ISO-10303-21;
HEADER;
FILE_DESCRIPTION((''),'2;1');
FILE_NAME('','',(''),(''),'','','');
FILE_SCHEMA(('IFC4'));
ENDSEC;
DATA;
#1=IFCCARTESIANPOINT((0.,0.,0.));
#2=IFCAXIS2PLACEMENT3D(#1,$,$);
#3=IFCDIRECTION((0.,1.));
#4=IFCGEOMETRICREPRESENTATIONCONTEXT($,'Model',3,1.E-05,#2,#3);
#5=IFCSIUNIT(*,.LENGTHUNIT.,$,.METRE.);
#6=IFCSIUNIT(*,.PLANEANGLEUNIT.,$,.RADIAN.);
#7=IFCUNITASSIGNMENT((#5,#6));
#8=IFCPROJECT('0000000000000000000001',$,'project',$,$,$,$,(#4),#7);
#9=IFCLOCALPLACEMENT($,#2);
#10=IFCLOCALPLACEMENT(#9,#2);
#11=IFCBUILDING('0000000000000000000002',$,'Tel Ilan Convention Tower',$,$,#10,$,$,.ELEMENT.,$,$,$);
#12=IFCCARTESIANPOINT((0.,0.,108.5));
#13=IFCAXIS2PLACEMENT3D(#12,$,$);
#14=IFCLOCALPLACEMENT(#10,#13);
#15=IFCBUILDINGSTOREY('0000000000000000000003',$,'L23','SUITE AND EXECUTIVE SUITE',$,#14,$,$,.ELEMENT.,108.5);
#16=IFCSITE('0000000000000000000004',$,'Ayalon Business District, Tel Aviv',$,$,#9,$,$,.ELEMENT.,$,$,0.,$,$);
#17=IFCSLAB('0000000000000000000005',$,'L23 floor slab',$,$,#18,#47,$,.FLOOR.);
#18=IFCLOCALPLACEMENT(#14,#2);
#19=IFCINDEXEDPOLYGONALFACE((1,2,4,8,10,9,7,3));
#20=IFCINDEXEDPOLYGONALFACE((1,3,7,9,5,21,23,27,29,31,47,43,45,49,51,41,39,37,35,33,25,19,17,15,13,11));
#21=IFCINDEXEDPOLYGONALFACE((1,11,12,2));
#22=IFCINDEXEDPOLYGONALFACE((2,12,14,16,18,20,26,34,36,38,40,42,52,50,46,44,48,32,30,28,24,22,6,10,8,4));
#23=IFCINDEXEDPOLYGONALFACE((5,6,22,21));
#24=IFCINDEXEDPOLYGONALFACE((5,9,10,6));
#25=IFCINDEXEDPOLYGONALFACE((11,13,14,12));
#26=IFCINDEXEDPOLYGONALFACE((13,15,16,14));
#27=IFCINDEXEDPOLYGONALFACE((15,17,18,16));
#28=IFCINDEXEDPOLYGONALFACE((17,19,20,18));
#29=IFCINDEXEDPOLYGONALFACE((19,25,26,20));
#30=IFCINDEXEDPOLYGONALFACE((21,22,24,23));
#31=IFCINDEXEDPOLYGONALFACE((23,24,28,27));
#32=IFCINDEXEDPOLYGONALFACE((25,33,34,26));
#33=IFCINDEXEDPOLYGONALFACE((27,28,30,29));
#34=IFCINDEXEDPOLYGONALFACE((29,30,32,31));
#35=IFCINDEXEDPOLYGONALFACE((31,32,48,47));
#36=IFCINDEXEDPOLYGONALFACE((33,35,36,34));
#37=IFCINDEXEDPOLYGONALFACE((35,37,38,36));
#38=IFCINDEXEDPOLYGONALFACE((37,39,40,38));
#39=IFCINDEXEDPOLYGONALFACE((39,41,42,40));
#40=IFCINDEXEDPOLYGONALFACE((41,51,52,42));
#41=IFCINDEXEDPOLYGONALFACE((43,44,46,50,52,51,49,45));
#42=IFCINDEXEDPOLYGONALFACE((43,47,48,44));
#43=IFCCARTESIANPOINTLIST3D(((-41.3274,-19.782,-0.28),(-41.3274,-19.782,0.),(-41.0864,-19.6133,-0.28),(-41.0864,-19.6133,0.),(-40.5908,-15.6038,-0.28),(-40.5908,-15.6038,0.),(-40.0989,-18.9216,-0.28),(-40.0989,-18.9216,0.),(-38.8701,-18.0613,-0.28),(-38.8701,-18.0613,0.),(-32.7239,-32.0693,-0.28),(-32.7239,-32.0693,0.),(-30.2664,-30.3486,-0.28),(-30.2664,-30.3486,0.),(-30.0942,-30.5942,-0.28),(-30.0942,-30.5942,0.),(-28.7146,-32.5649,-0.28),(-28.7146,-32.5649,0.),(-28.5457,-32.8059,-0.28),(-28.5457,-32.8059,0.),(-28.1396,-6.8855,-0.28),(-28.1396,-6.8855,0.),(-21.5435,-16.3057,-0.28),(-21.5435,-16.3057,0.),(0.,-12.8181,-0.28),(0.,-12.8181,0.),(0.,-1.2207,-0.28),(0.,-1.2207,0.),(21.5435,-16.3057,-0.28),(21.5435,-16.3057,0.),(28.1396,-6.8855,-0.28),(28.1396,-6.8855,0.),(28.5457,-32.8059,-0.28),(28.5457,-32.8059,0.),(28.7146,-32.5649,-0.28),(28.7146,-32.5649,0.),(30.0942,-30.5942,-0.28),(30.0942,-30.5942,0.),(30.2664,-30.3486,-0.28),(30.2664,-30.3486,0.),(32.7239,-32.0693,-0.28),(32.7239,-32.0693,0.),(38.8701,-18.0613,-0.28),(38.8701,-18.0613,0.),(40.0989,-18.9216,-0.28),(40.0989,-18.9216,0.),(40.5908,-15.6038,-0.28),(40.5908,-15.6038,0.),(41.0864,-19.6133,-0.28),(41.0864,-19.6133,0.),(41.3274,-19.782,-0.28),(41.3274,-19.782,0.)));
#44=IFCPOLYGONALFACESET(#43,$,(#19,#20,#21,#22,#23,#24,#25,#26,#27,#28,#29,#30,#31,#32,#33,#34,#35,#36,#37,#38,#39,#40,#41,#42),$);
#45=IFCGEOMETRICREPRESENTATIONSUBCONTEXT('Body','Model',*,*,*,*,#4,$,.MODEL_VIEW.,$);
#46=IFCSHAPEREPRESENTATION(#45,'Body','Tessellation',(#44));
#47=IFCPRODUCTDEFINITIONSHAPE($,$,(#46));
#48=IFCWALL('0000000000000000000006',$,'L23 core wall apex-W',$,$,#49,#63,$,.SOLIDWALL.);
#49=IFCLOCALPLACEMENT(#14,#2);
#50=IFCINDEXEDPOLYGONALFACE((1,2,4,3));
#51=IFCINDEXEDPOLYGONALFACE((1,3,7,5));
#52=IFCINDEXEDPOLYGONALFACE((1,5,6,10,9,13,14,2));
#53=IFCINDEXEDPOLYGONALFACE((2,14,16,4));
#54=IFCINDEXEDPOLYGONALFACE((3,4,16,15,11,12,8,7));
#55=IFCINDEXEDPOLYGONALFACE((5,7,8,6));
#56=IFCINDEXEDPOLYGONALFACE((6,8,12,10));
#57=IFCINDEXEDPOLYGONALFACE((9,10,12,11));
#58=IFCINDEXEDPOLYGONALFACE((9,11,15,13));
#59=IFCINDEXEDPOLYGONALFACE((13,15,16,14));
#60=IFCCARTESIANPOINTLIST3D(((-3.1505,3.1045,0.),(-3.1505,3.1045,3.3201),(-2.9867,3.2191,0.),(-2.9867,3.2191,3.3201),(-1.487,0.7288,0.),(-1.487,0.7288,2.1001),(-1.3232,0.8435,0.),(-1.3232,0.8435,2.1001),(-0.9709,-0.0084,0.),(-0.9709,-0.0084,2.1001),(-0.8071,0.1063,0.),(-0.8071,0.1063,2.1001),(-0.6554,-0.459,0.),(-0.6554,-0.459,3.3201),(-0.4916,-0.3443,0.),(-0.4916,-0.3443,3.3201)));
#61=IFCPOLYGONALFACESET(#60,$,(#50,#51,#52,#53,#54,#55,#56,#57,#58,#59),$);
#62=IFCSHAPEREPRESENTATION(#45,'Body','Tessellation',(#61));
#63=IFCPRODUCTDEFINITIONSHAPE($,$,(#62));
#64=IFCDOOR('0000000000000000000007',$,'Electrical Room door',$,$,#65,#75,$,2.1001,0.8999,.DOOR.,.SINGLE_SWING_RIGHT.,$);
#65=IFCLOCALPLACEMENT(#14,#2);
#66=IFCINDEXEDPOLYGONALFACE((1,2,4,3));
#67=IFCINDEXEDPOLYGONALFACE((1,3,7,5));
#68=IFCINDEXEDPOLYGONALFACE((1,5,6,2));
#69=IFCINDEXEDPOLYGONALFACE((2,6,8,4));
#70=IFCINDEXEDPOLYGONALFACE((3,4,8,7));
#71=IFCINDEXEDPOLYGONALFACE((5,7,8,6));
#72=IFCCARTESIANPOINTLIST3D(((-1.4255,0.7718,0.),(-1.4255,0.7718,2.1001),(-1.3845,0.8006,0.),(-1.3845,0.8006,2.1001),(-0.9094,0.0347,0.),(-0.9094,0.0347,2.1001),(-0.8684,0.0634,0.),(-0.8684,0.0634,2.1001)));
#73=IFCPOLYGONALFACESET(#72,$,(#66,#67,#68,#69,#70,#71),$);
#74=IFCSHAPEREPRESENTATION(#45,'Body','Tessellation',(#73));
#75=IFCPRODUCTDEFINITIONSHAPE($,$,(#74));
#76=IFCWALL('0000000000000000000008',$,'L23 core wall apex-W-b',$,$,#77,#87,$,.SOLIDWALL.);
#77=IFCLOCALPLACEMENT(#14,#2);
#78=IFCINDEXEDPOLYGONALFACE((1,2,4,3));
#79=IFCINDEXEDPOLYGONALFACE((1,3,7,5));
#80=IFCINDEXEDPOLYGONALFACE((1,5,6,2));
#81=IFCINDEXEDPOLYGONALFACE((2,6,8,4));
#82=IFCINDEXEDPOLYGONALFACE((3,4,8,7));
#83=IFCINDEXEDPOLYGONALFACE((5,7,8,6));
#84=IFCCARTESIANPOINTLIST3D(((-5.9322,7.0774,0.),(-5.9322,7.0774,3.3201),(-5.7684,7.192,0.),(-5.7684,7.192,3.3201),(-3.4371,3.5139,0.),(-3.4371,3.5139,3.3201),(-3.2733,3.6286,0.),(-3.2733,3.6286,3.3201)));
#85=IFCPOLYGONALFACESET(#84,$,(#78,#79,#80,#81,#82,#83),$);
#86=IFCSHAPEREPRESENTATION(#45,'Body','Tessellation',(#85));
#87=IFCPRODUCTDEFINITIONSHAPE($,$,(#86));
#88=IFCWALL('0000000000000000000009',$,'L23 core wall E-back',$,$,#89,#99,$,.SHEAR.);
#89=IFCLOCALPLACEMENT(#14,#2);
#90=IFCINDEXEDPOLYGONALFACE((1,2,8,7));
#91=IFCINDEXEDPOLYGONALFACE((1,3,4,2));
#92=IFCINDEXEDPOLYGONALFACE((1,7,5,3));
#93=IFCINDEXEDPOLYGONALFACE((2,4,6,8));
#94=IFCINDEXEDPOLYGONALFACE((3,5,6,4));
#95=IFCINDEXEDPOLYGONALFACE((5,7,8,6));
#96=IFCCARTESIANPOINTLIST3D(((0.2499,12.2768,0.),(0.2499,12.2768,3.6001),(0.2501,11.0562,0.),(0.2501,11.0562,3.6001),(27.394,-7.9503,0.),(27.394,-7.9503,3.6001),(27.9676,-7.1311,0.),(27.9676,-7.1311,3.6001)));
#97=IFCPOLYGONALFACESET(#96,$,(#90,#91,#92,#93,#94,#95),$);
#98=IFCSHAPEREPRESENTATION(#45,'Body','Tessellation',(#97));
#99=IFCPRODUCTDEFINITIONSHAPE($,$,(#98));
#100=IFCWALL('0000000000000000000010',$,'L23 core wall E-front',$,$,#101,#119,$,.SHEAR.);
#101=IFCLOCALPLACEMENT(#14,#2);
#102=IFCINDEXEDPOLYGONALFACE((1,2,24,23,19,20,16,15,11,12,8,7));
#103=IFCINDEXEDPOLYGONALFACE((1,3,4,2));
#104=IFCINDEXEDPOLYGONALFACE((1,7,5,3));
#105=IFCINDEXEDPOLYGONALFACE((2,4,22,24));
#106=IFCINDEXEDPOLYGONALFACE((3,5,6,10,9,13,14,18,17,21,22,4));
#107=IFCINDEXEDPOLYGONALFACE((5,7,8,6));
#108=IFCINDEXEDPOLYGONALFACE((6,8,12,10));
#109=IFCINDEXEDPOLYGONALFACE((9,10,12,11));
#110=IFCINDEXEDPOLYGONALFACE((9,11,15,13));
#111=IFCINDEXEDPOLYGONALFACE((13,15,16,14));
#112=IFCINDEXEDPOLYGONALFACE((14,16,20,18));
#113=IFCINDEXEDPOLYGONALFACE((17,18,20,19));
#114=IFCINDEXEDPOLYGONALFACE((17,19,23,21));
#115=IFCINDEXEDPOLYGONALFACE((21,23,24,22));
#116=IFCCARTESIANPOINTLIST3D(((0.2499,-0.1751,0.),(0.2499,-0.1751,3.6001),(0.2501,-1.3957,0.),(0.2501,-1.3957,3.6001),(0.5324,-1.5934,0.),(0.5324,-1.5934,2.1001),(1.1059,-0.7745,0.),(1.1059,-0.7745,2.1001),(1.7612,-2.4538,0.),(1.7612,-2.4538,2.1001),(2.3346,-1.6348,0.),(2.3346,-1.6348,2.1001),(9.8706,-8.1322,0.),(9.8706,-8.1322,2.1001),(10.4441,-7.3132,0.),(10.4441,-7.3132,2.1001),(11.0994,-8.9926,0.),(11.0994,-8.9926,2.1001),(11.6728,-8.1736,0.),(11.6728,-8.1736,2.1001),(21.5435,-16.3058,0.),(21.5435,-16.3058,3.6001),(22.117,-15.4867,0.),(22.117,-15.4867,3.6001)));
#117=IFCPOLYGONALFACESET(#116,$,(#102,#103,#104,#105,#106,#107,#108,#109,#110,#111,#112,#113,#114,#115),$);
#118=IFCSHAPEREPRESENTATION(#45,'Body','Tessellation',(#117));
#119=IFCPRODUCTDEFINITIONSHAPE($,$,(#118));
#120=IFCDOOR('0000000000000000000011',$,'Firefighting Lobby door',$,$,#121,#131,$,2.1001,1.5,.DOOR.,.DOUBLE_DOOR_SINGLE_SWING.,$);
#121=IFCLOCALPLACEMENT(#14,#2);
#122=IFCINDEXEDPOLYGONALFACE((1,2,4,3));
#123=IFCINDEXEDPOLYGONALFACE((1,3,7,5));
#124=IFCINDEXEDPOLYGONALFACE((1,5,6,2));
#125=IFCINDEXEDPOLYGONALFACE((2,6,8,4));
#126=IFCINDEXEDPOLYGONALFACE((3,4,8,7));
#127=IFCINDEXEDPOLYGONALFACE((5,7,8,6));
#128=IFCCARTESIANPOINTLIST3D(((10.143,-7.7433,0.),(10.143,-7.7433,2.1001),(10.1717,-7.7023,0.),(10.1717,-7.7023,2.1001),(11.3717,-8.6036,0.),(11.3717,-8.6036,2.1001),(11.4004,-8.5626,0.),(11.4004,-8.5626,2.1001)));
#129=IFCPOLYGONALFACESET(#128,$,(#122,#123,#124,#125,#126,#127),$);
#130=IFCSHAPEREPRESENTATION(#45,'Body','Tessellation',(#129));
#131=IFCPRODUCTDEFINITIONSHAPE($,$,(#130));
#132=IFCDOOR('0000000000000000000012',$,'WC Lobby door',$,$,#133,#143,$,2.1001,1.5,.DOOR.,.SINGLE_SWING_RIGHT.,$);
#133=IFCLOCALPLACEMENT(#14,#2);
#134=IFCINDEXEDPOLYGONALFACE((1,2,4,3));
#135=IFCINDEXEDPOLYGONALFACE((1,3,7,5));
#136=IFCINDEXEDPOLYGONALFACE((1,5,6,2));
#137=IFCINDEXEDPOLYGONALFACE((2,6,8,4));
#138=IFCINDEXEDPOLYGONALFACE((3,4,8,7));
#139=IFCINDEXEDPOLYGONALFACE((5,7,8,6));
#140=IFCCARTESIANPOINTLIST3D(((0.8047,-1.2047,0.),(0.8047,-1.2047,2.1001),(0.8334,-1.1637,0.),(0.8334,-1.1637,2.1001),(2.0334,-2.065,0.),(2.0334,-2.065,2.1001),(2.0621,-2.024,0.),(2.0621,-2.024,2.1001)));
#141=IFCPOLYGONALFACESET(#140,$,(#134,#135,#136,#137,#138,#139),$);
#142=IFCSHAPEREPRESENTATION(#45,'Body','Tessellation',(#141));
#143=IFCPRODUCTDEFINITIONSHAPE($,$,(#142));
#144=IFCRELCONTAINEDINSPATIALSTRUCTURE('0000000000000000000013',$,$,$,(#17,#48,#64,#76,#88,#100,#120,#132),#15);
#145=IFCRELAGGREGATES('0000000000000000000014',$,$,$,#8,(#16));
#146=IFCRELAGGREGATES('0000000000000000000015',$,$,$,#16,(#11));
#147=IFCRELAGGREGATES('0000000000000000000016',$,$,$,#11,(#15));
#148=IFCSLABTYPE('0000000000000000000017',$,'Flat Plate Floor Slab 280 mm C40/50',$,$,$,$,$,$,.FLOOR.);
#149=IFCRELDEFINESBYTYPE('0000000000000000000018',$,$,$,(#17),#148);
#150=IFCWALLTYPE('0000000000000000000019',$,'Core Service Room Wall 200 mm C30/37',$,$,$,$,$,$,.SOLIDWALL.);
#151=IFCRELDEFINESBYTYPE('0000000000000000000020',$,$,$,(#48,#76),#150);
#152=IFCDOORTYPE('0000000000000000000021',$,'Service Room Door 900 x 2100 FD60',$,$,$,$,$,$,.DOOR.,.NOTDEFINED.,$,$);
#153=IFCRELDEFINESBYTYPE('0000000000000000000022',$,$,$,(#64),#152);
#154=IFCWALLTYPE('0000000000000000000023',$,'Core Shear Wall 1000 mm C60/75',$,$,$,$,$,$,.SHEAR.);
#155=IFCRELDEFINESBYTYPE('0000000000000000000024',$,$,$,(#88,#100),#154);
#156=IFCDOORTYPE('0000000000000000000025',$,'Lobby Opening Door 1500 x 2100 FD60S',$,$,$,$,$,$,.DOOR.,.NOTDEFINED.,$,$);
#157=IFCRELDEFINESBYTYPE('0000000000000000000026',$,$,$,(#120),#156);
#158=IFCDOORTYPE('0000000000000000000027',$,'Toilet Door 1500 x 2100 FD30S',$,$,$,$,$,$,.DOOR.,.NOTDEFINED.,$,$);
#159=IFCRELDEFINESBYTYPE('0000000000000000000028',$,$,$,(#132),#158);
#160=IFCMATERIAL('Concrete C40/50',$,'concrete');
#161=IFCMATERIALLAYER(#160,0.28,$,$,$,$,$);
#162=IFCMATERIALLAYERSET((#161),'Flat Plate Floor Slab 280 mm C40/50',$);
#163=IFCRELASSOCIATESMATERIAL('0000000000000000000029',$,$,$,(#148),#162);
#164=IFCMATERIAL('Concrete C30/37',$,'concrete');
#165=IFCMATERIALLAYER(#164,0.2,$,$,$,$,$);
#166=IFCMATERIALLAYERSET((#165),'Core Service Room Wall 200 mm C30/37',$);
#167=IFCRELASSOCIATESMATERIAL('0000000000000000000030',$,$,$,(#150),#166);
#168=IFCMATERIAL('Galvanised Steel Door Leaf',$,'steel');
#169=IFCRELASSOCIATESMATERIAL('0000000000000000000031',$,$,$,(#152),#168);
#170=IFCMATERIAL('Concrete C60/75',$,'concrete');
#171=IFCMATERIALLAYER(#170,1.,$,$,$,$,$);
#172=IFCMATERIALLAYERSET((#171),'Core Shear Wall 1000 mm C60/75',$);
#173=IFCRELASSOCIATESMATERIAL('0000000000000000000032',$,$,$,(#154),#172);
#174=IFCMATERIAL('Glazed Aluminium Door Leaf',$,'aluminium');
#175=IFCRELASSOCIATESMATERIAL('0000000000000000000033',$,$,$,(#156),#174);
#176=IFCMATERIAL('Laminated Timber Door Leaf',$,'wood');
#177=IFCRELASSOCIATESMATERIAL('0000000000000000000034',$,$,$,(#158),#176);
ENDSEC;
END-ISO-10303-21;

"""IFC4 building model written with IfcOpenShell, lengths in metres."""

from ifc_helpers import new_model, si_unit, direction, frame, frame_2d, origin, place, context, subcontext, project, spatial, polyline, rectangle, outline, extrude, material, layer, layer_set, type_object, element, fill, save


model = new_model("IFC4")

# Units and contexts
model_context = context("Model", 3, precision=1e-05, world=origin(), true_north=direction((0.0, 1.0)))
body_context = subcontext(model_context, "Body", "Model", "MODEL_VIEW")
ifc_project = project(units=[si_unit("LENGTHUNIT", "METRE"), si_unit("PLANEANGLEUNIT", "RADIAN")], contexts=[model_context])

# Site, building, storey
site_placement = place(None, origin())
site = spatial("IfcSite", under=ifc_project, at=site_placement, Name="Ayalon Business District, Tel Aviv", CompositionType="ELEMENT", RefElevation=0.0)
building_placement = place(site_placement, origin())
building = spatial("IfcBuilding", under=site, at=building_placement, Name="Tel Ilan Convention Tower", CompositionType="ELEMENT")
storey_placement = place(building_placement, frame((0.0, 0.0, 108.5)))
storey = spatial("IfcBuildingStorey", under=building, at=storey_placement, Name="L23", Description="SUITE AND EXECUTIVE SUITE", CompositionType="ELEMENT", Elevation=108.5)

# Slab
ifc_material_1 = material(Name="Concrete C40/50", Category="concrete")
ifc_layer_1 = layer(ifc_material_1, 0.28)
ifc_layer_set_1 = layer_set([ifc_layer_1], Name="Flat Plate Floor Slab 280 mm C40/50")
slab_type_1 = type_object("IfcSlabType", Name="Flat Plate Floor Slab 280 mm C40/50", PredefinedType="FLOOR", material=ifc_layer_set_1)
slab_1_placement = place(storey_placement, frame((0.0, 0.0, -0.28)))
element("IfcSlab", 1, at=slab_1_placement, inside=storey, type_object=slab_type_1, Name="L23 floor slab", PredefinedType="FLOOR", context=body_context, shape_type="SweptSolid", body=[
    extrude(outline(polyline([(41.0864, -19.6133), (41.3274, -19.782), (32.7239, -32.0693), (30.2664, -30.3486), (30.0942, -30.5942), (28.7146, -32.5649), (28.5457, -32.8059), (0.0, -12.8181), (-28.5457, -32.8059), (-28.7146, -32.5649), (-30.0942, -30.5942), (-30.2664, -30.3486), (-32.7239, -32.0693), (-41.3274, -19.782), (-41.0864, -19.6133), (-40.0989, -18.9216), (-38.8701, -18.0613), (-40.5908, -15.6038), (-28.1396, -6.8855), (-21.5435, -16.3057), (0.0, -1.2207), (21.5435, -16.3057), (28.1396, -6.8855), (40.5908, -15.6038), (38.8701, -18.0613), (40.0989, -18.9216), (41.0864, -19.6133)])), origin(), (0.0, 0.0, 1.0), 0.28),
])

# Wall, opening, door
ifc_material_2 = material(Name="Concrete C30/37", Category="concrete")
ifc_layer_2 = layer(ifc_material_2, 0.2)
ifc_layer_set_2 = layer_set([ifc_layer_2], Name="Core Service Room Wall 200 mm C30/37")
wall_type_1 = type_object("IfcWallType", Name="Core Service Room Wall 200 mm C30/37", PredefinedType="SOLIDWALL", material=ifc_layer_set_2)
wall_1_placement = place(storey_placement, frame((-0.5735, -0.4016, 0.0), z_axis=(0.0, 0.0, 1.0), x_axis=(-0.573568, 0.819158, 0.0)))
wall_1 = element("IfcWall", 2, at=wall_1_placement, inside=storey, type_object=wall_type_1, Name="L23 core wall apex-W", PredefinedType="SOLIDWALL", context=body_context, shape_type="SweptSolid", body=[
    extrude(rectangle(XDim=4.3501, YDim=0.2, at=frame_2d((2.175, 0.0))), origin(), (0.0, 0.0, 1.0), 3.3201),
])
opening_1_placement = place(wall_1_placement, frame((0.55, 0.0, 0.0)))
opening_1 = element("IfcOpeningElement", 3, at=opening_1_placement, cuts=wall_1, PredefinedType="OPENING", context=body_context, shape_type="SweptSolid", body=[
    extrude(rectangle(XDim=0.8999, YDim=2.1001, at=frame_2d((0.45, 1.05))), frame((0.0, 0.1099, 0.0), z_axis=(0.0, -1.0, 0.0), x_axis=(1.0, 0.0, 0.0)), (0.0, 0.0, 1.0), 0.22),
])
ifc_material_3 = material(Name="Galvanised Steel Door Leaf", Category="steel")
door_type_1 = type_object("IfcDoorType", Name="Service Room Door 900 x 2100 FD60", OperationType="NOTDEFINED", PredefinedType="DOOR", material=ifc_material_3)
door_1_placement = place(opening_1_placement, origin())
door_1 = element("IfcDoor", 4, at=door_1_placement, inside=storey, type_object=door_type_1, Name="Electrical Room door", OperationType="SINGLE_SWING_RIGHT", OverallHeight=2.1001, OverallWidth=0.8999, PredefinedType="DOOR", context=body_context, shape_type="SweptSolid", body=[
    extrude(rectangle(XDim=0.8999, YDim=2.1001, at=frame_2d((0.45, 1.05))), frame((0.0, 0.0249, 0.0), z_axis=(0.0, -1.0, 0.0), x_axis=(1.0, 0.0, 0.0)), (0.0, 0.0, 1.0), 0.05),
])
fill(opening_1, door_1)

# Walls
wall_2_placement = place(storey_placement, frame((-3.3552, 3.5713, 0.0), z_axis=(0.0, 0.0, 1.0), x_axis=(-0.573568, 0.819158, 0.0)))
element("IfcWall", 5, at=wall_2_placement, inside=storey, type_object=wall_type_1, Name="L23 core wall apex-W-b", PredefinedType="SOLIDWALL", context=body_context, shape_type="SweptSolid", body=[
    extrude(rectangle(XDim=4.3501, YDim=0.2, at=frame_2d((2.175, 0.0))), origin(), (0.0, 0.0, 1.0), 3.3201),
])
ifc_material_4 = material(Name="Concrete C60/75", Category="concrete")
ifc_layer_3 = layer(ifc_material_4, 1.0)
ifc_layer_set_3 = layer_set([ifc_layer_3], Name="Core Shear Wall 1000 mm C60/75")
wall_type_2 = type_object("IfcWallType", Name="Core Shear Wall 1000 mm C60/75", PredefinedType="SHEAR", material=ifc_layer_set_3)
wall_3_placement = place(storey_placement, frame((-0.0369, 11.8672, 0.0), z_axis=(0.0, 0.0, 1.0), x_axis=(0.819155, -0.573572, 0.0)))
element("IfcWall", 6, at=wall_3_placement, inside=storey, type_object=wall_type_2, Name="L23 core wall E-back", PredefinedType="SHEAR", context=body_context, shape_type="SweptSolid", body=[
    extrude(outline(polyline([(33.8369, 0.5), (0.0, 0.5), (0.7002, -0.4998), (33.8369, -0.5), (33.8369, 0.5)])), origin(), (0.0, 0.0, 1.0), 3.6001),
])

# Wall, openings, doors
wall_4_placement = place(storey_placement, frame((-0.0369, -0.5847, 0.0), z_axis=(0.0, 0.0, 1.0), x_axis=(0.819157, -0.573569, 0.0)))
wall_4 = element("IfcWall", 7, at=wall_4_placement, inside=storey, type_object=wall_type_2, Name="L23 core wall E-front", PredefinedType="SHEAR", context=body_context, shape_type="SweptSolid", body=[
    extrude(outline(polyline([(26.6948, 0.4998), (0.0, 0.5), (0.7002, -0.4998), (26.6948, -0.5002), (26.6948, 0.4998)])), origin(), (0.0, 0.0, 1.0), 3.6001),
])
opening_2_placement = place(wall_4_placement, frame((1.0449, 0.0, 0.0)))
opening_2 = element("IfcOpeningElement", 8, at=opening_2_placement, cuts=wall_4, PredefinedType="OPENING", context=body_context, shape_type="SweptSolid", body=[
    extrude(rectangle(XDim=1.5, YDim=2.1001, at=frame_2d((0.75, 1.05))), frame((0.0, 0.51, 0.0), z_axis=(0.0, -1.0, 0.0), x_axis=(1.0, 0.0, 0.0)), (0.0, 0.0, 1.0), 1.02),
])
opening_3_placement = place(wall_4_placement, frame((12.4448, 0.0, 0.0)))
opening_3 = element("IfcOpeningElement", 9, at=opening_3_placement, cuts=wall_4, PredefinedType="OPENING", context=body_context, shape_type="SweptSolid", body=[
    extrude(rectangle(XDim=1.5, YDim=2.1001, at=frame_2d((0.75, 1.05))), frame((0.0, 0.51, 0.0), z_axis=(0.0, -1.0, 0.0), x_axis=(1.0, 0.0, 0.0)), (0.0, 0.0, 1.0), 1.02),
])
ifc_material_5 = material(Name="Glazed Aluminium Door Leaf", Category="aluminium")
door_type_2 = type_object("IfcDoorType", Name="Lobby Opening Door 1500 x 2100 FD60S", OperationType="NOTDEFINED", PredefinedType="DOOR", material=ifc_material_5)
door_2_placement = place(opening_3_placement, origin())
door_2 = element("IfcDoor", 10, at=door_2_placement, inside=storey, type_object=door_type_2, Name="Firefighting Lobby door", OperationType="DOUBLE_DOOR_SINGLE_SWING", OverallHeight=2.1001, OverallWidth=1.5, PredefinedType="DOOR", context=body_context, shape_type="SweptSolid", body=[
    extrude(rectangle(XDim=1.5, YDim=2.1001, at=frame_2d((0.75, 1.05))), frame((0.0, 0.0249, 0.0), z_axis=(0.0, -1.0, 0.0), x_axis=(1.0, 0.0, 0.0)), (0.0, 0.0, 1.0), 0.05),
])
fill(opening_3, door_2)
ifc_material_6 = material(Name="Laminated Timber Door Leaf", Category="wood")
door_type_3 = type_object("IfcDoorType", Name="Toilet Door 1500 x 2100 FD30S", OperationType="NOTDEFINED", PredefinedType="DOOR", material=ifc_material_6)
door_3_placement = place(opening_2_placement, origin())
door_3 = element("IfcDoor", 11, at=door_3_placement, inside=storey, type_object=door_type_3, Name="WC Lobby door", OperationType="SINGLE_SWING_RIGHT", OverallHeight=2.1001, OverallWidth=1.5, PredefinedType="DOOR", context=body_context, shape_type="SweptSolid", body=[
    extrude(rectangle(XDim=1.5, YDim=2.1001, at=frame_2d((0.75, 1.05))), frame((0.0, 0.0249, 0.0), z_axis=(0.0, -1.0, 0.0), x_axis=(1.0, 0.0, 0.0)), (0.0, 0.0, 1.0), 0.05),
])
fill(opening_2, door_3)

save(model, "model.ifc")
